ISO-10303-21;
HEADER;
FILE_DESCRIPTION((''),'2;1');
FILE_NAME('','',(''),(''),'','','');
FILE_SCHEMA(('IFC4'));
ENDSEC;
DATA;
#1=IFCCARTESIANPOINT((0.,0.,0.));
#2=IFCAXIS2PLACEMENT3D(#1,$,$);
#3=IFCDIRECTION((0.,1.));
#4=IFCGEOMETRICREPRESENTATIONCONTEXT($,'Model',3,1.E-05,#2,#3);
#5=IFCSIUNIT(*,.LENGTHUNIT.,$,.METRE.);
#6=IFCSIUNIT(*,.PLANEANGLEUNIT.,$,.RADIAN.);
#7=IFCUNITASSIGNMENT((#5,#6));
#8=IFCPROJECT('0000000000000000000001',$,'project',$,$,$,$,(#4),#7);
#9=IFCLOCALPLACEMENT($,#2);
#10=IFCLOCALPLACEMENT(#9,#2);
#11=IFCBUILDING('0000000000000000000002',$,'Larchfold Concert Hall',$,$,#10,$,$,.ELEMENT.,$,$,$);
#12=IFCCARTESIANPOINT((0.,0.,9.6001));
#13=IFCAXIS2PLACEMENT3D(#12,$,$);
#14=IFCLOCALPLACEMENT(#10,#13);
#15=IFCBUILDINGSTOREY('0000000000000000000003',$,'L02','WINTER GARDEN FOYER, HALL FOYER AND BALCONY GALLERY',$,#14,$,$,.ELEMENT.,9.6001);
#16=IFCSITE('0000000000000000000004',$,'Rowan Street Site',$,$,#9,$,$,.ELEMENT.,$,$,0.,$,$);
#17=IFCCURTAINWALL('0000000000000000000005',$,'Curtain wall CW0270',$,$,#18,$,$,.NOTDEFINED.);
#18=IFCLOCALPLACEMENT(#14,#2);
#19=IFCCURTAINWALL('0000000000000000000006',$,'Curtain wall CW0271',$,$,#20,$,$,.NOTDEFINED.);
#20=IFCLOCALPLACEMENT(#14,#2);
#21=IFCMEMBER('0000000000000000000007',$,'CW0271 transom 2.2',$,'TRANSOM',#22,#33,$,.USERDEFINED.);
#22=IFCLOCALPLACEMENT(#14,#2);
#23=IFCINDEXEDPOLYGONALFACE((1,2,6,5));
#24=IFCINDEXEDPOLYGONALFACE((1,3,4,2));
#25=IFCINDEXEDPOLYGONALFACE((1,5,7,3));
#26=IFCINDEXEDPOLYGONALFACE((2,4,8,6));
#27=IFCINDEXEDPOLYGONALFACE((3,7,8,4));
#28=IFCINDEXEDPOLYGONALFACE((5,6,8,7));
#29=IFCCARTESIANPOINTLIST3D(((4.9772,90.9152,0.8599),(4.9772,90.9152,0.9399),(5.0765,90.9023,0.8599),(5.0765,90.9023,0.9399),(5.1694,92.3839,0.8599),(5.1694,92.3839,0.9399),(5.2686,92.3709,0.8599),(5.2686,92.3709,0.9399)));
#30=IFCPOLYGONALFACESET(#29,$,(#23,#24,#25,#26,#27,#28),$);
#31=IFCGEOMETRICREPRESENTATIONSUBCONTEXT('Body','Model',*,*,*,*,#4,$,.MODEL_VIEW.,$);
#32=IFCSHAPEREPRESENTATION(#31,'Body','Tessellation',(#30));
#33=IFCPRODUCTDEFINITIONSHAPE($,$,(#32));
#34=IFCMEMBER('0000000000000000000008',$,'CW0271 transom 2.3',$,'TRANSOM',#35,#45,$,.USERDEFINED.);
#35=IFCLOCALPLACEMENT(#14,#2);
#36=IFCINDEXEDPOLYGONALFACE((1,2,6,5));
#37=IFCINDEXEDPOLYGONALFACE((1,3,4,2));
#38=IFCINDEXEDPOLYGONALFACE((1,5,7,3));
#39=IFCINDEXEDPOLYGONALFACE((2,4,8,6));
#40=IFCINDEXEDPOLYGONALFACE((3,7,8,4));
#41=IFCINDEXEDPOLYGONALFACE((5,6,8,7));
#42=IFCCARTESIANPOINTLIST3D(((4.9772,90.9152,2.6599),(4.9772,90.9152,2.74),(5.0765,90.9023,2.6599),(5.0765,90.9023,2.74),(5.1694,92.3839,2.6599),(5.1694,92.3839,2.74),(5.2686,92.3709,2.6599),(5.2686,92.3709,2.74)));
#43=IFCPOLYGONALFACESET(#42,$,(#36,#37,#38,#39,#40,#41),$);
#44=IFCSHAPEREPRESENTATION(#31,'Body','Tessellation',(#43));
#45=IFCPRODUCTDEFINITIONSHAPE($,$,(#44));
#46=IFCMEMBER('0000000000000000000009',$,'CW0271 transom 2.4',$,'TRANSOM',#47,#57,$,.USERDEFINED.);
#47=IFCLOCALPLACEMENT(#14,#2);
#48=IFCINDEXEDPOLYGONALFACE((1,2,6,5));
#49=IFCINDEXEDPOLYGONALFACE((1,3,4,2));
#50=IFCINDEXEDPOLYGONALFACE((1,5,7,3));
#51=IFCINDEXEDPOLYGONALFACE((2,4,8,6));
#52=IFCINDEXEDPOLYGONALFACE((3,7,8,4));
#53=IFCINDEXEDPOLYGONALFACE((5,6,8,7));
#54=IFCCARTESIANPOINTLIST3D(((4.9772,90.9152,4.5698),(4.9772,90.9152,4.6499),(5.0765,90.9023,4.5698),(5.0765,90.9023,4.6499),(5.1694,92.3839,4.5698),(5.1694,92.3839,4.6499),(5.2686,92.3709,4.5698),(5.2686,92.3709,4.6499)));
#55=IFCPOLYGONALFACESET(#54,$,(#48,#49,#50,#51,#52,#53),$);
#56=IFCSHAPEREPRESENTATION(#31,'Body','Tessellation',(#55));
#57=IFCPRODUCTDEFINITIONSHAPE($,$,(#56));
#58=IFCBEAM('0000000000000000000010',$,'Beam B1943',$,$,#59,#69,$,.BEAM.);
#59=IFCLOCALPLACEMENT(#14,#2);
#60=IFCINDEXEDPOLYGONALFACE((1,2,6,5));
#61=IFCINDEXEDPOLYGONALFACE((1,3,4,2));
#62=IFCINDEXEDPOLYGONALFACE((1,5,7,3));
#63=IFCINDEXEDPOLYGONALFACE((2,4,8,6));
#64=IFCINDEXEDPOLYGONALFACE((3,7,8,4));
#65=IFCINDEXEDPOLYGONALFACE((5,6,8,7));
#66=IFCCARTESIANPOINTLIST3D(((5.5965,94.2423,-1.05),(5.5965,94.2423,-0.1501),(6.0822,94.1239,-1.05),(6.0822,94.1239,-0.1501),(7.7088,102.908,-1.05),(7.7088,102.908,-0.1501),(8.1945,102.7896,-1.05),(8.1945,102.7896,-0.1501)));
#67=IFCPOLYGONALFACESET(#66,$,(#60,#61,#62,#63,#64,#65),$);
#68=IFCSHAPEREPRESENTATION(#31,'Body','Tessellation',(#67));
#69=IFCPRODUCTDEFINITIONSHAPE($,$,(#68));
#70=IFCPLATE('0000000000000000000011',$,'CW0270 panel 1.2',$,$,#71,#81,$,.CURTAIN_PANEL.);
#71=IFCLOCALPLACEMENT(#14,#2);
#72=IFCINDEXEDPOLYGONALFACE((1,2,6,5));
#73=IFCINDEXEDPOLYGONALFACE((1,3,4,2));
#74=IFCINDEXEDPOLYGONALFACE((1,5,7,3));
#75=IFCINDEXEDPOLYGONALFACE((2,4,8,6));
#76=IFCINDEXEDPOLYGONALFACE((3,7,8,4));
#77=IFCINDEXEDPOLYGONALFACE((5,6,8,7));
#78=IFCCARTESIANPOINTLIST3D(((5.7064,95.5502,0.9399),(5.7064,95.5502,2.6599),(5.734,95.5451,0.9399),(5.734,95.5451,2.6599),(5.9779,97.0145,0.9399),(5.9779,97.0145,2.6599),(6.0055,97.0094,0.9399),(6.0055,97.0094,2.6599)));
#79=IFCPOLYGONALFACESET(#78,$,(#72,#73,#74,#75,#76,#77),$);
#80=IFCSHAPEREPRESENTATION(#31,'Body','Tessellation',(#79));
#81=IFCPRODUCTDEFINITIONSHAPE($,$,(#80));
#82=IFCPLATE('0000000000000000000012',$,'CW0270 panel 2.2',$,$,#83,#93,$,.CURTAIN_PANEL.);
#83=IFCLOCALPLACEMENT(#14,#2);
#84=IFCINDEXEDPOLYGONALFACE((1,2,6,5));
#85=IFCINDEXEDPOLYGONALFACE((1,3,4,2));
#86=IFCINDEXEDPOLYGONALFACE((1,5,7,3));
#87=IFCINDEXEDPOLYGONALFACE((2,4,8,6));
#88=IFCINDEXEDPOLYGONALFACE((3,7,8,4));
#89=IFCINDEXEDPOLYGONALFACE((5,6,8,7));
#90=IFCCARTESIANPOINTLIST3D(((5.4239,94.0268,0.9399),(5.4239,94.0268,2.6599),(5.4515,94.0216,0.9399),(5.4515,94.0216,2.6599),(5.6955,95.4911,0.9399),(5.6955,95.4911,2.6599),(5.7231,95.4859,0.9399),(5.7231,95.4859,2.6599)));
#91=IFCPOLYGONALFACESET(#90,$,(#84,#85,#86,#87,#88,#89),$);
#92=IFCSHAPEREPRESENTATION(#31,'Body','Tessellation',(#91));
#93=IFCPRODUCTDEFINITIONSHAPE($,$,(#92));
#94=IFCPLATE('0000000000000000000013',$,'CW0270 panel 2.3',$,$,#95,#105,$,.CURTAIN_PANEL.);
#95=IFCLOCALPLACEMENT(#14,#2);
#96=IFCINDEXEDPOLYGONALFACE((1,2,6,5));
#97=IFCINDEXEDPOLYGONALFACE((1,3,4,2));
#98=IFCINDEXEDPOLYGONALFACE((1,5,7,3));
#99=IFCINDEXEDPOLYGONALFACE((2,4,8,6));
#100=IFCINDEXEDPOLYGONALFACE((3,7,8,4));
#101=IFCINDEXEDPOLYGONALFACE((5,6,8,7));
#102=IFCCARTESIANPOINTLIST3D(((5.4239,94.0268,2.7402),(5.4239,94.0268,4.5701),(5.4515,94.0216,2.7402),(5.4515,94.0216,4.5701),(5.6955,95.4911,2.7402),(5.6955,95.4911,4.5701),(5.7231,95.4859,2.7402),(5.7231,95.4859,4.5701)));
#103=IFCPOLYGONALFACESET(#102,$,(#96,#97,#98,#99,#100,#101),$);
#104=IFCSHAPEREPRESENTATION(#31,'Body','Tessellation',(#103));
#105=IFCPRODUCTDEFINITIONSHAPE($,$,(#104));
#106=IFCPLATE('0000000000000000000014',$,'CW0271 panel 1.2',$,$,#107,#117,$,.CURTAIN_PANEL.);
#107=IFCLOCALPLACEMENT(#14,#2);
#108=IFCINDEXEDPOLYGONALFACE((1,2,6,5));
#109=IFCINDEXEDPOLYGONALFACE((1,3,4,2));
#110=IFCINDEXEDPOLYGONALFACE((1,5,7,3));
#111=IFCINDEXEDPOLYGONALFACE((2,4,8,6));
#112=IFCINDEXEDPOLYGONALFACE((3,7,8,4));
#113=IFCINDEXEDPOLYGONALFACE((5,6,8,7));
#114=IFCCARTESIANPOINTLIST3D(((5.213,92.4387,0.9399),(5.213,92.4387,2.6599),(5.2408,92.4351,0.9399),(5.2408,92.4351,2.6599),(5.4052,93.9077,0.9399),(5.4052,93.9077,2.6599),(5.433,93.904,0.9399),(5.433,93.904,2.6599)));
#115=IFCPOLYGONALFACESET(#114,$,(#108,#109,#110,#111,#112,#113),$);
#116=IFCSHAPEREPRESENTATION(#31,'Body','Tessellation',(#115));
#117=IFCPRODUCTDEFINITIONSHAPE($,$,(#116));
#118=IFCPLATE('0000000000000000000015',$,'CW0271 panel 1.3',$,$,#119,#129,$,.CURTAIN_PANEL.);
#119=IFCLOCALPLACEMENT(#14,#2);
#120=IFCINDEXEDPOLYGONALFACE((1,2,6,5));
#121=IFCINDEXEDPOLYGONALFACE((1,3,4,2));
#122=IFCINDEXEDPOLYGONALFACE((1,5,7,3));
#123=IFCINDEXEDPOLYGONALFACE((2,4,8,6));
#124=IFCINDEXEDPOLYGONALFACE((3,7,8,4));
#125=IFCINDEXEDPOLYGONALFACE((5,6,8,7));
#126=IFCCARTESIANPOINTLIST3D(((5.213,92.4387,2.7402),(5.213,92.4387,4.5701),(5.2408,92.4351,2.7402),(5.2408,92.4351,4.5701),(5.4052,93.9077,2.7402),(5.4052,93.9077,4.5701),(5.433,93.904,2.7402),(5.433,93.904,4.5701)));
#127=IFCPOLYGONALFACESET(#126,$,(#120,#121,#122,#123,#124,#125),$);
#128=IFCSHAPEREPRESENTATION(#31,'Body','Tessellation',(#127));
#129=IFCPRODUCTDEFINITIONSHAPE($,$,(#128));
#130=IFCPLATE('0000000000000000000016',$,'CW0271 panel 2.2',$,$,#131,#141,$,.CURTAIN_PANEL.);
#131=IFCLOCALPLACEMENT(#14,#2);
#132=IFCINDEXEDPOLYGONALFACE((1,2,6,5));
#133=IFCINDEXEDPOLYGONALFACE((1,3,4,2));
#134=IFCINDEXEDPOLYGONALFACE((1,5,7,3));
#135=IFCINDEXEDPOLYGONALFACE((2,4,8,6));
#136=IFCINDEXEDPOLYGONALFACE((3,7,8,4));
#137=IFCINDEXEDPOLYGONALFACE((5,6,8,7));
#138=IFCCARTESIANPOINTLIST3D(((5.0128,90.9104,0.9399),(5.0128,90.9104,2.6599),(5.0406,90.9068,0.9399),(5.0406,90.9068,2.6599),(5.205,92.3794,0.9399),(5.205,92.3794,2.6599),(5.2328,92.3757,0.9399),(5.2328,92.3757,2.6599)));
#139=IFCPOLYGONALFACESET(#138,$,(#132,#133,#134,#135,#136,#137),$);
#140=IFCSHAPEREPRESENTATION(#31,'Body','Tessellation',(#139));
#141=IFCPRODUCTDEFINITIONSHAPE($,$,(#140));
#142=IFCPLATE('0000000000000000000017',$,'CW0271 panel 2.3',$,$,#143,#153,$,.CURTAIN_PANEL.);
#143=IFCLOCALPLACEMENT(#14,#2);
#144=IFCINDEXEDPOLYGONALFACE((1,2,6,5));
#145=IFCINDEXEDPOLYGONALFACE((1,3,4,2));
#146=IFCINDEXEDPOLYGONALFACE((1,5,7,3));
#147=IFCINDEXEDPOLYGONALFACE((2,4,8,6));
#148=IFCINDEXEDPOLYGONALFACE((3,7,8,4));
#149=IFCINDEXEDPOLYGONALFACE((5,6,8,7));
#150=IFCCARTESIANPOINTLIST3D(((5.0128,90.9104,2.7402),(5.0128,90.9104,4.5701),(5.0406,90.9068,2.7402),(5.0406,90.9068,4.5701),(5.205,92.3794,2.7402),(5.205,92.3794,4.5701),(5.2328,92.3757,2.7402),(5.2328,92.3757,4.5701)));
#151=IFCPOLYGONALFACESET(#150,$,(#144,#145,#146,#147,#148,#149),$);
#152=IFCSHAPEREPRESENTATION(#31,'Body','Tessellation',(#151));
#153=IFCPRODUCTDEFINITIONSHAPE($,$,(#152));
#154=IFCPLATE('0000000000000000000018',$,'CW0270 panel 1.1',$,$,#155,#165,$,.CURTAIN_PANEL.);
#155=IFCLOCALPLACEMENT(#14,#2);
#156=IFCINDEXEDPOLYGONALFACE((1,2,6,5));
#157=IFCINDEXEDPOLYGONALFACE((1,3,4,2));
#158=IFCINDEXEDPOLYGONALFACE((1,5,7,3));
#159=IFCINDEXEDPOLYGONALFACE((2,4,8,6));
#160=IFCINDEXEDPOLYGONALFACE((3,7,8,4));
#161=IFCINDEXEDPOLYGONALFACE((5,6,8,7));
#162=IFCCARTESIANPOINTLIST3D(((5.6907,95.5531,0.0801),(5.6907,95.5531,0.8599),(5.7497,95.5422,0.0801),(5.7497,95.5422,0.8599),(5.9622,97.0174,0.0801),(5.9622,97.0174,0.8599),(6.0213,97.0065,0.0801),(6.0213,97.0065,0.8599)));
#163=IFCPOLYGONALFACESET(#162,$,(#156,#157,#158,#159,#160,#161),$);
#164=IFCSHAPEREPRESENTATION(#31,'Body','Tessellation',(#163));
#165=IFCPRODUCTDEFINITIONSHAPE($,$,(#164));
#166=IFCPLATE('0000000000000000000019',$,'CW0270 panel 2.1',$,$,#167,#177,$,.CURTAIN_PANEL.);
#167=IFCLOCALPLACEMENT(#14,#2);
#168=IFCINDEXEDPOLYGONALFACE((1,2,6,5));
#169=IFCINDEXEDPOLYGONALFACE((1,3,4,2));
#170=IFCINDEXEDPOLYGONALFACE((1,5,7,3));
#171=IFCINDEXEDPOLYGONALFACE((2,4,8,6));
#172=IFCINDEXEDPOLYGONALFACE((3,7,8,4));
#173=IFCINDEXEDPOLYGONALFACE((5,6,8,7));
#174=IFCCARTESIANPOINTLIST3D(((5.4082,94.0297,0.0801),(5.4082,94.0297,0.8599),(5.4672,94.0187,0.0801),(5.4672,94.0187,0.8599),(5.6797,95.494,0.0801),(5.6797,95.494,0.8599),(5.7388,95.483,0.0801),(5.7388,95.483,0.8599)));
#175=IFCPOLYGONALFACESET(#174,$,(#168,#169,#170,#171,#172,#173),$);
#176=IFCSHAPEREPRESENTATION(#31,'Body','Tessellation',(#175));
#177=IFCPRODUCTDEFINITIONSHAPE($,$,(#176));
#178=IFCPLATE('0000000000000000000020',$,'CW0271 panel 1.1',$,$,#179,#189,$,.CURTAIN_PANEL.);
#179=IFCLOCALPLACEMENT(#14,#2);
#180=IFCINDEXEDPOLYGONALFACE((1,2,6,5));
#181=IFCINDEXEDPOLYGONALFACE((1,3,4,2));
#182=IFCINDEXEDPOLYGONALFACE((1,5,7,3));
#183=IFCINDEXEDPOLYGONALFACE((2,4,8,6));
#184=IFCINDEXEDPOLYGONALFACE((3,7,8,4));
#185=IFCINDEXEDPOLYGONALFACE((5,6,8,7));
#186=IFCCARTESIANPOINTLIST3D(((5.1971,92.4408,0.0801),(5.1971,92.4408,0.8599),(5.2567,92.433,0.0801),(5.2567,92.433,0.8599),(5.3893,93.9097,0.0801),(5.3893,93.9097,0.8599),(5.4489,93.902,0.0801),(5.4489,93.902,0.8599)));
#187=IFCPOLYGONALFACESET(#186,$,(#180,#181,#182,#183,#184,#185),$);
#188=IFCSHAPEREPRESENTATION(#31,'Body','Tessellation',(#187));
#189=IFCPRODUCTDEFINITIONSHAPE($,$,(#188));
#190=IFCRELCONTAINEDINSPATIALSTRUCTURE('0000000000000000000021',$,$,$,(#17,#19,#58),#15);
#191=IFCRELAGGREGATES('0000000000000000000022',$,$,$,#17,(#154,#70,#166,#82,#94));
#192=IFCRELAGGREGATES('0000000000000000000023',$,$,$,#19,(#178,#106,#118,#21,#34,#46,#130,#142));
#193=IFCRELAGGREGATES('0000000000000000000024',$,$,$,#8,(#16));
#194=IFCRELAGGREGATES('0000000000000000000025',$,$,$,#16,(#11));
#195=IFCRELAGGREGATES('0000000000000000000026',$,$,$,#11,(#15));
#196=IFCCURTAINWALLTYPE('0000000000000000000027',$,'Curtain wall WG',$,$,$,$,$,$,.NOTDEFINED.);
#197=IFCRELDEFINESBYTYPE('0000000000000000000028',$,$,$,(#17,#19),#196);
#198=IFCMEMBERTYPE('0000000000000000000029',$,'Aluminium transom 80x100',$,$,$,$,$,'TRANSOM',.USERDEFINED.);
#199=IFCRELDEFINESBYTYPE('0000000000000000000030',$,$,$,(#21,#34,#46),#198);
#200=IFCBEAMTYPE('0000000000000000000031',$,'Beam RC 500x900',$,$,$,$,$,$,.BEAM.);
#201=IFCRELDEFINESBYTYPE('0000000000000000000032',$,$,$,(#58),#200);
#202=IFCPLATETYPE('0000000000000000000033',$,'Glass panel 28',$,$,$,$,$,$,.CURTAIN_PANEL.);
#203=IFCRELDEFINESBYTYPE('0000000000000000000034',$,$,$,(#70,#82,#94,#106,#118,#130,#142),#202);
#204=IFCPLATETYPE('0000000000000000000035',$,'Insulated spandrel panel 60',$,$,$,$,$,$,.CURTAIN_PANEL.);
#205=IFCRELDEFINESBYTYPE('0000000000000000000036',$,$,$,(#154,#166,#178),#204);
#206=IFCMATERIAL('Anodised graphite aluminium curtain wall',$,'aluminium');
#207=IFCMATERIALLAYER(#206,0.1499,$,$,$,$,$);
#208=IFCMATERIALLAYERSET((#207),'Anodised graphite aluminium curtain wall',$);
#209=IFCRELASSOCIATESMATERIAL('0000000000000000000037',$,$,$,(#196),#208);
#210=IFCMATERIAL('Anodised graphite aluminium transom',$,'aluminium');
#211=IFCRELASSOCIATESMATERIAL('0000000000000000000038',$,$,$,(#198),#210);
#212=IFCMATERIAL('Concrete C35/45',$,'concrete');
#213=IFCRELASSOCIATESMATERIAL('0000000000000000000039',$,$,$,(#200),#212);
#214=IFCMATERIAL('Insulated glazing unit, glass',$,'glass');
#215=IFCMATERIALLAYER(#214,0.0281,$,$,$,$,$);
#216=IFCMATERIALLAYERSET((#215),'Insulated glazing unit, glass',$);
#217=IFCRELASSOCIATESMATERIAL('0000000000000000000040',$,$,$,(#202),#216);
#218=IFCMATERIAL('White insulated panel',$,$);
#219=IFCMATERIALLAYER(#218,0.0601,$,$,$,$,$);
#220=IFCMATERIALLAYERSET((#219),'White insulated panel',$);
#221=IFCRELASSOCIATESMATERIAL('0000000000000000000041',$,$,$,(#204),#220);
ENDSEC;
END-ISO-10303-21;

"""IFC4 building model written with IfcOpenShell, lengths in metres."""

from ifc_helpers import new_model, si_unit, direction, frame, origin, origin_2d, place, context, subcontext, project, spatial, rectangle, extrude, material, layer, layer_set, material_profile, profile_set, type_object, element, aggregate, save


model = new_model("IFC4")

# Units and contexts
model_context = context("Model", 3, precision=1e-05, world=origin(), true_north=direction((0.0, 1.0)))
body_context = subcontext(model_context, "Body", "Model", "MODEL_VIEW")
ifc_project = project(units=[si_unit("LENGTHUNIT", "METRE"), si_unit("PLANEANGLEUNIT", "RADIAN")], contexts=[model_context])

# Site, building, storey
site_placement = place(None, origin())
site = spatial("IfcSite", under=ifc_project, at=site_placement, Name="Rowan Street Site", CompositionType="ELEMENT", RefElevation=0.0)
building_placement = place(site_placement, origin())
building = spatial("IfcBuilding", under=site, at=building_placement, Name="Larchfold Concert Hall", CompositionType="ELEMENT")
storey_placement = place(building_placement, frame((0.0, 0.0, 9.6001)))
storey = spatial("IfcBuildingStorey", under=building, at=storey_placement, Name="L02", Description="WINTER GARDEN FOYER, HALL FOYER AND BALCONY GALLERY", CompositionType="ELEMENT", Elevation=9.6001)

# Curtain walls
ifc_material_1 = material(Name="Anodised graphite aluminium curtain wall", Category="aluminium")
ifc_layer_1 = layer(ifc_material_1, 0.1499)
ifc_layer_set_1 = layer_set([ifc_layer_1], Name="Anodised graphite aluminium curtain wall")
curtain_wall_type = type_object("IfcCurtainWallType", Name="Curtain wall WG", PredefinedType="NOTDEFINED", material=ifc_layer_set_1)
curtain_wall_1_placement = place(storey_placement, origin())
curtain_wall_1 = element("IfcCurtainWall", 1, at=curtain_wall_1_placement, inside=storey, type_object=curtain_wall_type, Name="Curtain wall CW0270", PredefinedType="NOTDEFINED")
curtain_wall_2_placement = place(storey_placement, origin())
curtain_wall_2 = element("IfcCurtainWall", 2, at=curtain_wall_2_placement, inside=storey, type_object=curtain_wall_type, Name="Curtain wall CW0271", PredefinedType="NOTDEFINED")

# Members
ifc_material_2 = material(Name="Anodised graphite aluminium transom", Category="aluminium")
ifc_material_profile_1 = material_profile(ifc_material_2, rectangle(XDim=0.1001, YDim=0.0801, at=origin_2d()))
ifc_profile_set_1 = profile_set([ifc_material_profile_1], Name="Anodised graphite aluminium transom")
member_type_1 = type_object("IfcMemberType", Name="Aluminium transom 80x100", ElementType="TRANSOM", PredefinedType="USERDEFINED", material=ifc_profile_set_1)
member_1_placement = place(storey_placement, frame((5.219, 92.3774, 0.8999), z_axis=(-0.129713, -0.991552, 0.0), x_axis=(0.991552, -0.129713, 0.0)))
member_1 = element("IfcMember", 3, at=member_1_placement, type_object=member_type_1, Name="CW0271 transom 2.2", ObjectType="TRANSOM", PredefinedType="USERDEFINED", context=body_context, shape_type="SweptSolid", body=[
    extrude(rectangle(XDim=0.1001, YDim=0.0801, at=origin_2d()), origin(), (0.0, 0.0, 1.0), 1.4812),
])
member_2_placement = place(storey_placement, frame((5.219, 92.3774, 2.7), z_axis=(-0.129713, -0.991552, 0.0), x_axis=(0.991552, -0.129713, 0.0)))
member_2 = element("IfcMember", 4, at=member_2_placement, type_object=member_type_1, Name="CW0271 transom 2.3", ObjectType="TRANSOM", PredefinedType="USERDEFINED", context=body_context, shape_type="SweptSolid", body=[
    extrude(rectangle(XDim=0.1001, YDim=0.0801, at=origin_2d()), origin(), (0.0, 0.0, 1.0), 1.4812),
])
member_3_placement = place(storey_placement, frame((5.219, 92.3774, 4.6099), z_axis=(-0.129713, -0.991552, 0.0), x_axis=(0.991552, -0.129713, 0.0)))
member_3 = element("IfcMember", 5, at=member_3_placement, type_object=member_type_1, Name="CW0271 transom 2.4", ObjectType="TRANSOM", PredefinedType="USERDEFINED", context=body_context, shape_type="SweptSolid", body=[
    extrude(rectangle(XDim=0.1001, YDim=0.0801, at=origin_2d()), origin(), (0.0, 0.0, 1.0), 1.4812),
])

# Beam
ifc_material_3 = material(Name="Concrete C35/45", Category="concrete")
ifc_material_profile_2 = material_profile(ifc_material_3, rectangle(XDim=0.5, YDim=0.8999, at=origin_2d()))
ifc_profile_set_2 = profile_set([ifc_material_profile_2], Name="Concrete C35/45")
beam_type = type_object("IfcBeamType", Name="Beam RC 500x900", PredefinedType="BEAM", material=ifc_profile_set_2)
beam_placement = place(storey_placement, frame((5.8394, 94.1831, -0.6001), z_axis=(0.236819, 0.971554, 0.0), x_axis=(-0.971554, 0.236819, 0.0)))
element("IfcBeam", 6, at=beam_placement, inside=storey, type_object=beam_type, Name="Beam B1943", PredefinedType="BEAM", context=body_context, shape_type="SweptSolid", body=[
    extrude(rectangle(XDim=0.5, YDim=0.8999, at=origin_2d()), origin(), (0.0, 0.0, 1.0), 8.9194),
])

# Plates
ifc_material_4 = material(Name="Insulated glazing unit, glass", Category="glass")
ifc_layer_2 = layer(ifc_material_4, 0.0281)
ifc_layer_set_2 = layer_set([ifc_layer_2], Name="Insulated glazing unit, glass")
plate_type_1 = type_object("IfcPlateType", Name="Glass panel 28", PredefinedType="CURTAIN_PANEL", material=ifc_layer_set_2)
plate_1_placement = place(storey_placement, frame((5.856, 96.2798, 0.9399), z_axis=(0.0, 0.0, 1.0), x_axis=(-0.182347, -0.983234, 0.0)))
plate_1 = element("IfcPlate", 7, at=plate_1_placement, type_object=plate_type_1, Name="CW0270 panel 1.2", PredefinedType="CURTAIN_PANEL", context=body_context, shape_type="SweptSolid", body=[
    extrude(rectangle(XDim=1.4893, YDim=0.0281, at=origin_2d()), origin(), (0.0, 0.0, 1.0), 1.72),
])
plate_2_placement = place(storey_placement, frame((5.5735, 94.7563, 0.9399), z_axis=(0.0, 0.0, 1.0), x_axis=(-0.182347, -0.983234, 0.0)))
plate_2 = element("IfcPlate", 8, at=plate_2_placement, type_object=plate_type_1, Name="CW0270 panel 2.2", PredefinedType="CURTAIN_PANEL", context=body_context, shape_type="SweptSolid", body=[
    extrude(rectangle(XDim=1.4893, YDim=0.0281, at=origin_2d()), origin(), (0.0, 0.0, 1.0), 1.72),
])
plate_3_placement = place(storey_placement, frame((5.5735, 94.7563, 2.7402), z_axis=(0.0, 0.0, 1.0), x_axis=(-0.182347, -0.983234, 0.0)))
plate_3 = element("IfcPlate", 9, at=plate_3_placement, type_object=plate_type_1, Name="CW0270 panel 2.3", PredefinedType="CURTAIN_PANEL", context=body_context, shape_type="SweptSolid", body=[
    extrude(rectangle(XDim=1.4893, YDim=0.0281, at=origin_2d()), origin(), (0.0, 0.0, 1.0), 1.8298),
])
plate_4_placement = place(storey_placement, frame((5.323, 93.1714, 0.9399), z_axis=(0.0, 0.0, 1.0), x_axis=(-0.129731, -0.991549, 0.0)))
plate_4 = element("IfcPlate", 10, at=plate_4_placement, type_object=plate_type_1, Name="CW0271 panel 1.2", PredefinedType="CURTAIN_PANEL", context=body_context, shape_type="SweptSolid", body=[
    extrude(rectangle(XDim=1.4814, YDim=0.0281, at=origin_2d()), origin(), (0.0, 0.0, 1.0), 1.72),
])
plate_5_placement = place(storey_placement, frame((5.323, 93.1714, 2.7402), z_axis=(0.0, 0.0, 1.0), x_axis=(-0.129731, -0.991549, 0.0)))
plate_5 = element("IfcPlate", 11, at=plate_5_placement, type_object=plate_type_1, Name="CW0271 panel 1.3", PredefinedType="CURTAIN_PANEL", context=body_context, shape_type="SweptSolid", body=[
    extrude(rectangle(XDim=1.4814, YDim=0.0281, at=origin_2d()), origin(), (0.0, 0.0, 1.0), 1.8298),
])
plate_6_placement = place(storey_placement, frame((5.1228, 91.6431, 0.9399), z_axis=(0.0, 0.0, 1.0), x_axis=(-0.129731, -0.991549, 0.0)))
plate_6 = element("IfcPlate", 12, at=plate_6_placement, type_object=plate_type_1, Name="CW0271 panel 2.2", PredefinedType="CURTAIN_PANEL", context=body_context, shape_type="SweptSolid", body=[
    extrude(rectangle(XDim=1.4814, YDim=0.0281, at=origin_2d()), origin(), (0.0, 0.0, 1.0), 1.72),
])
plate_7_placement = place(storey_placement, frame((5.1228, 91.6431, 2.7402), z_axis=(0.0, 0.0, 1.0), x_axis=(-0.129731, -0.991549, 0.0)))
plate_7 = element("IfcPlate", 13, at=plate_7_placement, type_object=plate_type_1, Name="CW0271 panel 2.3", PredefinedType="CURTAIN_PANEL", context=body_context, shape_type="SweptSolid", body=[
    extrude(rectangle(XDim=1.4814, YDim=0.0281, at=origin_2d()), origin(), (0.0, 0.0, 1.0), 1.8298),
])
ifc_material_5 = material(Name="White insulated panel")
ifc_layer_3 = layer(ifc_material_5, 0.0601)
ifc_layer_set_3 = layer_set([ifc_layer_3], Name="White insulated panel")
plate_type_2 = type_object("IfcPlateType", Name="Insulated spandrel panel 60", PredefinedType="CURTAIN_PANEL", material=ifc_layer_set_3)
plate_8_placement = place(storey_placement, frame((5.856, 96.2798, 0.0801), z_axis=(0.0, 0.0, 1.0), x_axis=(-0.182347, -0.983234, 0.0)))
plate_8 = element("IfcPlate", 14, at=plate_8_placement, type_object=plate_type_2, Name="CW0270 panel 1.1", PredefinedType="CURTAIN_PANEL", context=body_context, shape_type="SweptSolid", body=[
    extrude(rectangle(XDim=1.4893, YDim=0.0601, at=origin_2d()), origin(), (0.0, 0.0, 1.0), 0.7798),
])
plate_9_placement = place(storey_placement, frame((5.5735, 94.7563, 0.0801), z_axis=(0.0, 0.0, 1.0), x_axis=(-0.182347, -0.983234, 0.0)))
plate_9 = element("IfcPlate", 15, at=plate_9_placement, type_object=plate_type_2, Name="CW0270 panel 2.1", PredefinedType="CURTAIN_PANEL", context=body_context, shape_type="SweptSolid", body=[
    extrude(rectangle(XDim=1.4893, YDim=0.0601, at=origin_2d()), origin(), (0.0, 0.0, 1.0), 0.7798),
])
aggregate(curtain_wall_1, [plate_8, plate_1, plate_9, plate_2, plate_3])
plate_10_placement = place(storey_placement, frame((5.323, 93.1714, 0.0801), z_axis=(0.0, 0.0, 1.0), x_axis=(-0.129731, -0.991549, 0.0)))
plate_10 = element("IfcPlate", 16, at=plate_10_placement, type_object=plate_type_2, Name="CW0271 panel 1.1", PredefinedType="CURTAIN_PANEL", context=body_context, shape_type="SweptSolid", body=[
    extrude(rectangle(XDim=1.4814, YDim=0.0601, at=origin_2d()), origin(), (0.0, 0.0, 1.0), 0.7798),
])
aggregate(curtain_wall_2, [plate_10, plate_4, plate_5, member_1, member_2, member_3, plate_6, plate_7])

save(model, "model.ifc")
